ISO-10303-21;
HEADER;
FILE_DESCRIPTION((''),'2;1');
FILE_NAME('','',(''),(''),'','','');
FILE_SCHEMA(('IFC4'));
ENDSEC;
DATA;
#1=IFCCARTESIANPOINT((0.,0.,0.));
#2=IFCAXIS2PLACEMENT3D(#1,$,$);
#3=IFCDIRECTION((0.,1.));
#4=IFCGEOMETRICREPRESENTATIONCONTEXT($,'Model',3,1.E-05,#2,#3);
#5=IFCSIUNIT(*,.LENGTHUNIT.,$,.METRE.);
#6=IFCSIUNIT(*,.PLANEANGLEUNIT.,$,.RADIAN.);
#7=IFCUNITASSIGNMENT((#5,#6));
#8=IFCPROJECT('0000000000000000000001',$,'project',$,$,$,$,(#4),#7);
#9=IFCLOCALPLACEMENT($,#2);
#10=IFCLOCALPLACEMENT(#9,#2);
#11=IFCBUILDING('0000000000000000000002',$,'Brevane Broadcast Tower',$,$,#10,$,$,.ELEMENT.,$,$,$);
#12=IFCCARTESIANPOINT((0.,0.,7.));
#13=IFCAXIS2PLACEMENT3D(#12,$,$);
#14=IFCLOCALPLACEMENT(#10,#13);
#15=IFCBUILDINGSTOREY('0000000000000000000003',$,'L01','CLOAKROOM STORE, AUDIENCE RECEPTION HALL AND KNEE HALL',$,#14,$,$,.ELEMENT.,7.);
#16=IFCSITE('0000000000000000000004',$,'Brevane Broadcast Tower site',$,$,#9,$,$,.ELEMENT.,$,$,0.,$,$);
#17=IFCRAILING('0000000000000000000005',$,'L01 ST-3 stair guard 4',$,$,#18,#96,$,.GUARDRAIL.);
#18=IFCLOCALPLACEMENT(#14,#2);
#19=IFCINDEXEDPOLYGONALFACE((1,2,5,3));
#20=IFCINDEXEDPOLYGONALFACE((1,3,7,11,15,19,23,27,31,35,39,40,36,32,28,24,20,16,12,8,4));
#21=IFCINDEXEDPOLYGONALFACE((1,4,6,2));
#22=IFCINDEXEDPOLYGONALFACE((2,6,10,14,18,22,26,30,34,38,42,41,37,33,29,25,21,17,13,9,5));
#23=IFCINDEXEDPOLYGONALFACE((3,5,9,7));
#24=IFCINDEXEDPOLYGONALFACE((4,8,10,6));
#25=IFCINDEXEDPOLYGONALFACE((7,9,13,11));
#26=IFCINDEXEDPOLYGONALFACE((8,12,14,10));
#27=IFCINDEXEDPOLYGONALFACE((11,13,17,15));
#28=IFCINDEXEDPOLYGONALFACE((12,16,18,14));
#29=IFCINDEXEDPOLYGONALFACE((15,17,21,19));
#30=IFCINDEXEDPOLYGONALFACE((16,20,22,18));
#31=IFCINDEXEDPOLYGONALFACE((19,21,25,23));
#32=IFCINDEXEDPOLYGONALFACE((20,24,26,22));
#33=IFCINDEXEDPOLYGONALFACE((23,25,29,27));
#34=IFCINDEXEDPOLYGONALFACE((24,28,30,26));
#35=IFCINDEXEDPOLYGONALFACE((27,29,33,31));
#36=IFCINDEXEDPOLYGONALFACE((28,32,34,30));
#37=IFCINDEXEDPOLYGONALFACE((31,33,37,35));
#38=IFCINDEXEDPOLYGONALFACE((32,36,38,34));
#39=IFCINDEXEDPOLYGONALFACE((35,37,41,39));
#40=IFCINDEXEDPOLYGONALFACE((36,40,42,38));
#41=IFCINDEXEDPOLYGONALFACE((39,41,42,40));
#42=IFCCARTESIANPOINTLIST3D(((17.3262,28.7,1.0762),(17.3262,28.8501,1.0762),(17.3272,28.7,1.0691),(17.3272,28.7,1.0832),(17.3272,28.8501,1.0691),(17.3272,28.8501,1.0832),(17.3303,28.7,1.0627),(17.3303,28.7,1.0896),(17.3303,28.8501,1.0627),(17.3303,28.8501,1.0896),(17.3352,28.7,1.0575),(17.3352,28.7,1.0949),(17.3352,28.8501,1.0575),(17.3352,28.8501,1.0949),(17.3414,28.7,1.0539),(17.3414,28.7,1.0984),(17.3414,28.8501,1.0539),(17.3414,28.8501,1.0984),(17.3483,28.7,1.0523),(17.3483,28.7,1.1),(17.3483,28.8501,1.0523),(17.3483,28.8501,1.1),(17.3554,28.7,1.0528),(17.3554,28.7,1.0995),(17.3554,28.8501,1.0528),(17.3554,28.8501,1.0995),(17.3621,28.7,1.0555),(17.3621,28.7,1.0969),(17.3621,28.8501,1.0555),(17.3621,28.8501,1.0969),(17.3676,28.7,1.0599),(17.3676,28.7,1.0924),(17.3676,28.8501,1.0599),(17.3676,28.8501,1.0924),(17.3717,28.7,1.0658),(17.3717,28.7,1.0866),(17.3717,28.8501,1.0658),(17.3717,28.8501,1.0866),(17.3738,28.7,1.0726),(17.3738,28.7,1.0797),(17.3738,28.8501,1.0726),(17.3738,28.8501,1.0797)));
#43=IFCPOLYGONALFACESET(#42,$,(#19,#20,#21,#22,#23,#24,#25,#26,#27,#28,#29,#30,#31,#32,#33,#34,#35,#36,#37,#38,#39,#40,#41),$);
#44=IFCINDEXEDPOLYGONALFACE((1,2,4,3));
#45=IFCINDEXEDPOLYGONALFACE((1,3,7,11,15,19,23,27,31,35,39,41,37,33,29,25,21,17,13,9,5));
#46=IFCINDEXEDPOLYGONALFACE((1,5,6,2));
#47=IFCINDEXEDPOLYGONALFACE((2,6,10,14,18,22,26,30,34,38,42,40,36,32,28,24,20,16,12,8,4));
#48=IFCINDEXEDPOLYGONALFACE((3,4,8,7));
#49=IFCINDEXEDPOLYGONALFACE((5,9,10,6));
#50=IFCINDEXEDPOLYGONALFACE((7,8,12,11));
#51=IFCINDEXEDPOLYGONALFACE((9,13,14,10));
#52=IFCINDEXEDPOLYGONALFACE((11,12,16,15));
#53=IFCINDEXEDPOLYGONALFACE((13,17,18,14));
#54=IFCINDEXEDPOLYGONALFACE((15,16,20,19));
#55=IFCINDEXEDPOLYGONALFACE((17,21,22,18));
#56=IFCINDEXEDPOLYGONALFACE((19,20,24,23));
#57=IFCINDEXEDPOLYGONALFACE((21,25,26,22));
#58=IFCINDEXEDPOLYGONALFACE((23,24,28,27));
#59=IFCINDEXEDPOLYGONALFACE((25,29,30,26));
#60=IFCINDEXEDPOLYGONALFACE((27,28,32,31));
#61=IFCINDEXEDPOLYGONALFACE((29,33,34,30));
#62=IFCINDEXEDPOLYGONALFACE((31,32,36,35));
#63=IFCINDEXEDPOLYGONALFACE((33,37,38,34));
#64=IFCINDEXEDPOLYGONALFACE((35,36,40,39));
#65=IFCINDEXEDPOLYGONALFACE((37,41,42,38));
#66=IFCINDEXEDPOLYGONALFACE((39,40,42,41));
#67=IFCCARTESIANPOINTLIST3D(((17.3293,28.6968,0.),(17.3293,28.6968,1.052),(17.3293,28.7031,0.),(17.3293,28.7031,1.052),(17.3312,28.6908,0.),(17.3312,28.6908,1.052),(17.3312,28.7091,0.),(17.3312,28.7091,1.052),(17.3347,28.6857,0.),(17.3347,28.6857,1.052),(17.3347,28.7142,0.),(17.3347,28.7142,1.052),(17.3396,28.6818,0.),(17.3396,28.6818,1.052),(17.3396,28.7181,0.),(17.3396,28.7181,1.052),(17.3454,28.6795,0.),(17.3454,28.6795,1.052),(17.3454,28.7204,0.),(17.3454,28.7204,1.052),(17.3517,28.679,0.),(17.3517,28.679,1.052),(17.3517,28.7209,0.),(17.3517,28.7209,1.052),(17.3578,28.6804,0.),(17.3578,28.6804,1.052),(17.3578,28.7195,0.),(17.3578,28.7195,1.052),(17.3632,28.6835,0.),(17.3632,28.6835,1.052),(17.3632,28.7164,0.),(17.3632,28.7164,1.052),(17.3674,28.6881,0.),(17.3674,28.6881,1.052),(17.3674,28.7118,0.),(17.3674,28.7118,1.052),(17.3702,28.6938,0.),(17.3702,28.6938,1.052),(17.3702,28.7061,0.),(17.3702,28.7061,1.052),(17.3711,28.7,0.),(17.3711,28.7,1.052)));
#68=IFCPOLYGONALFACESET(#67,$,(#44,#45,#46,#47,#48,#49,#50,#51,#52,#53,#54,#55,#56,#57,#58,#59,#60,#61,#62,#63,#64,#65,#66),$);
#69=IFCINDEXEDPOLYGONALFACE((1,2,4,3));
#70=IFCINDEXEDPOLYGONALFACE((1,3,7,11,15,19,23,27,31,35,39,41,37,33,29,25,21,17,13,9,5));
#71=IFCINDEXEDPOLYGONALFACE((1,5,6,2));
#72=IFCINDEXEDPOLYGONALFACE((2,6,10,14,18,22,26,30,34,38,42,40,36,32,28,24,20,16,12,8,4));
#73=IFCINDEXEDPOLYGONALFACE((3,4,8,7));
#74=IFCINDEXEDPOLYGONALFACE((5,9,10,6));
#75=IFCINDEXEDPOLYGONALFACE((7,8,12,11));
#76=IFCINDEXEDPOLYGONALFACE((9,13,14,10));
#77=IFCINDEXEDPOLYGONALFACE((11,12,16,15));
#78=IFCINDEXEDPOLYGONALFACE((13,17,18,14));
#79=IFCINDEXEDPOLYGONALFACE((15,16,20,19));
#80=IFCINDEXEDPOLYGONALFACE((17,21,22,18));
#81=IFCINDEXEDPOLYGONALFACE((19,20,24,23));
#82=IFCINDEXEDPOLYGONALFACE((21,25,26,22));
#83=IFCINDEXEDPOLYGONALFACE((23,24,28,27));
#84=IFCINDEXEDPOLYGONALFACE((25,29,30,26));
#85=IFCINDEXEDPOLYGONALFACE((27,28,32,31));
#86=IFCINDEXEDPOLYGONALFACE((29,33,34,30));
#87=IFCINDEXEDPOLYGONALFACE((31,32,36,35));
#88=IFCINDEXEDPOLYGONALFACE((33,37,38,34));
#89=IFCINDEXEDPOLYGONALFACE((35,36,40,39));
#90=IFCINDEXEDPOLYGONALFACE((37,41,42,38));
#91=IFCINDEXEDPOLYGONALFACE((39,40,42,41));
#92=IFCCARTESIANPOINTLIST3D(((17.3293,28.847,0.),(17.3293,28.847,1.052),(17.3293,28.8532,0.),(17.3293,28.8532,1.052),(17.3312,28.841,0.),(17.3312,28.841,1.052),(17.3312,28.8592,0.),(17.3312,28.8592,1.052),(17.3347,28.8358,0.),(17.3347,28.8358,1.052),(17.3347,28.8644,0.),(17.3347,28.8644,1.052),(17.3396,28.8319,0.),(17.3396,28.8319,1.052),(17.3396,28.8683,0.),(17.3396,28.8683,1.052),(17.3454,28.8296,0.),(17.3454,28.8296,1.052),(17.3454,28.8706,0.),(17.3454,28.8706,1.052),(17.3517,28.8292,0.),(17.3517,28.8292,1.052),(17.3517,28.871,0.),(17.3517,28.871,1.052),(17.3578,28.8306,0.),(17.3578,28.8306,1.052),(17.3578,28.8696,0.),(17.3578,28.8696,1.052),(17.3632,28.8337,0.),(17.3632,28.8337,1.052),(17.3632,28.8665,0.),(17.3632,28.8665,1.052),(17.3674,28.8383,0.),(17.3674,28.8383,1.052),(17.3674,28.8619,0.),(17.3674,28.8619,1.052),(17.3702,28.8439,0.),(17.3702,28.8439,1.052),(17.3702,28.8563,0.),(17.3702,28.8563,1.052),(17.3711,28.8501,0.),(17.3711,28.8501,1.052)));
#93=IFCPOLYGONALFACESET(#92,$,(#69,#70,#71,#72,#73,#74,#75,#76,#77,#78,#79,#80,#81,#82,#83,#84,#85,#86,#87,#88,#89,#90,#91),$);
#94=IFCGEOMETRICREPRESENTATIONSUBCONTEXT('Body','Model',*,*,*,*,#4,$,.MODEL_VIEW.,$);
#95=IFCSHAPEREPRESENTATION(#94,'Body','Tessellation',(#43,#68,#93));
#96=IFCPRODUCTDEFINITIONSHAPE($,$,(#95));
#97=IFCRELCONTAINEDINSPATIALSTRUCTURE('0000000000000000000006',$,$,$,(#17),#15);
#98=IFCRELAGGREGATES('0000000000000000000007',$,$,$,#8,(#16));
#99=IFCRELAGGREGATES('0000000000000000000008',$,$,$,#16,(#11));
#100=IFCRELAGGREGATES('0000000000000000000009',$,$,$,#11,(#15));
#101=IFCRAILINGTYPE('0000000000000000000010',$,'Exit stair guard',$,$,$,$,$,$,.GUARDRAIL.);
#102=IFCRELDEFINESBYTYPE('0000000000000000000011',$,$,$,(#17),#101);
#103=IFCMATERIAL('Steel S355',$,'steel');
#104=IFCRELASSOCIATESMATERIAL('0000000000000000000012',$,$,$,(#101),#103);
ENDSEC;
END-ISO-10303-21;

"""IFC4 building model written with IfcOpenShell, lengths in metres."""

from ifc_helpers import new_model, si_unit, direction, frame, origin, origin_2d, place, context, subcontext, project, spatial, circle, extrude, material, type_object, element, save


model = new_model("IFC4")

# Units and contexts
model_context = context("Model", 3, precision=1e-05, world=origin(), true_north=direction((0.0, 1.0)))
body_context = subcontext(model_context, "Body", "Model", "MODEL_VIEW")
ifc_project = project(units=[si_unit("LENGTHUNIT", "METRE"), si_unit("PLANEANGLEUNIT", "RADIAN")], contexts=[model_context])

# Site, building, storey
site_placement = place(None, origin())
site = spatial("IfcSite", under=ifc_project, at=site_placement, Name="Brevane Broadcast Tower site", CompositionType="ELEMENT", RefElevation=0.0)
building_placement = place(site_placement, origin())
building = spatial("IfcBuilding", under=site, at=building_placement, Name="Brevane Broadcast Tower", CompositionType="ELEMENT")
storey_placement = place(building_placement, frame((0.0, 0.0, 7.0)))
storey = spatial("IfcBuildingStorey", under=building, at=storey_placement, Name="L01", Description="CLOAKROOM STORE, AUDIENCE RECEPTION HALL AND KNEE HALL", CompositionType="ELEMENT", Elevation=7.0)

# Railing
ifc_material_1 = material(Name="Steel S355", Category="steel")
railing_type_1 = type_object("IfcRailingType", Name="Exit stair guard", PredefinedType="GUARDRAIL", material=ifc_material_1)
railing_1_placement = place(storey_placement, frame((17.3501, 28.7, 0.0)))
element("IfcRailing", 1, at=railing_1_placement, inside=storey, type_object=railing_type_1, Name="L01 ST-3 stair guard 4", PredefinedType="GUARDRAIL", context=body_context, shape_type="SweptSolid", body=[
    extrude(circle(Radius=0.0239, at=origin_2d()), frame((0.0, 0.0, 1.0762), z_axis=(0.0, 1.0, 0.0), x_axis=(-1.0, 0.0, 0.0)), (0.0, 0.0, 1.0), 0.1501),
    extrude(circle(Radius=0.021, at=origin_2d()), origin(), (0.0, 0.0, 1.0), 1.052),
    extrude(circle(Radius=0.021, at=origin_2d()), frame((0.0, 0.1501, 0.0)), (0.0, 0.0, 1.0), 1.052),
])

save(model, "model.ifc")
